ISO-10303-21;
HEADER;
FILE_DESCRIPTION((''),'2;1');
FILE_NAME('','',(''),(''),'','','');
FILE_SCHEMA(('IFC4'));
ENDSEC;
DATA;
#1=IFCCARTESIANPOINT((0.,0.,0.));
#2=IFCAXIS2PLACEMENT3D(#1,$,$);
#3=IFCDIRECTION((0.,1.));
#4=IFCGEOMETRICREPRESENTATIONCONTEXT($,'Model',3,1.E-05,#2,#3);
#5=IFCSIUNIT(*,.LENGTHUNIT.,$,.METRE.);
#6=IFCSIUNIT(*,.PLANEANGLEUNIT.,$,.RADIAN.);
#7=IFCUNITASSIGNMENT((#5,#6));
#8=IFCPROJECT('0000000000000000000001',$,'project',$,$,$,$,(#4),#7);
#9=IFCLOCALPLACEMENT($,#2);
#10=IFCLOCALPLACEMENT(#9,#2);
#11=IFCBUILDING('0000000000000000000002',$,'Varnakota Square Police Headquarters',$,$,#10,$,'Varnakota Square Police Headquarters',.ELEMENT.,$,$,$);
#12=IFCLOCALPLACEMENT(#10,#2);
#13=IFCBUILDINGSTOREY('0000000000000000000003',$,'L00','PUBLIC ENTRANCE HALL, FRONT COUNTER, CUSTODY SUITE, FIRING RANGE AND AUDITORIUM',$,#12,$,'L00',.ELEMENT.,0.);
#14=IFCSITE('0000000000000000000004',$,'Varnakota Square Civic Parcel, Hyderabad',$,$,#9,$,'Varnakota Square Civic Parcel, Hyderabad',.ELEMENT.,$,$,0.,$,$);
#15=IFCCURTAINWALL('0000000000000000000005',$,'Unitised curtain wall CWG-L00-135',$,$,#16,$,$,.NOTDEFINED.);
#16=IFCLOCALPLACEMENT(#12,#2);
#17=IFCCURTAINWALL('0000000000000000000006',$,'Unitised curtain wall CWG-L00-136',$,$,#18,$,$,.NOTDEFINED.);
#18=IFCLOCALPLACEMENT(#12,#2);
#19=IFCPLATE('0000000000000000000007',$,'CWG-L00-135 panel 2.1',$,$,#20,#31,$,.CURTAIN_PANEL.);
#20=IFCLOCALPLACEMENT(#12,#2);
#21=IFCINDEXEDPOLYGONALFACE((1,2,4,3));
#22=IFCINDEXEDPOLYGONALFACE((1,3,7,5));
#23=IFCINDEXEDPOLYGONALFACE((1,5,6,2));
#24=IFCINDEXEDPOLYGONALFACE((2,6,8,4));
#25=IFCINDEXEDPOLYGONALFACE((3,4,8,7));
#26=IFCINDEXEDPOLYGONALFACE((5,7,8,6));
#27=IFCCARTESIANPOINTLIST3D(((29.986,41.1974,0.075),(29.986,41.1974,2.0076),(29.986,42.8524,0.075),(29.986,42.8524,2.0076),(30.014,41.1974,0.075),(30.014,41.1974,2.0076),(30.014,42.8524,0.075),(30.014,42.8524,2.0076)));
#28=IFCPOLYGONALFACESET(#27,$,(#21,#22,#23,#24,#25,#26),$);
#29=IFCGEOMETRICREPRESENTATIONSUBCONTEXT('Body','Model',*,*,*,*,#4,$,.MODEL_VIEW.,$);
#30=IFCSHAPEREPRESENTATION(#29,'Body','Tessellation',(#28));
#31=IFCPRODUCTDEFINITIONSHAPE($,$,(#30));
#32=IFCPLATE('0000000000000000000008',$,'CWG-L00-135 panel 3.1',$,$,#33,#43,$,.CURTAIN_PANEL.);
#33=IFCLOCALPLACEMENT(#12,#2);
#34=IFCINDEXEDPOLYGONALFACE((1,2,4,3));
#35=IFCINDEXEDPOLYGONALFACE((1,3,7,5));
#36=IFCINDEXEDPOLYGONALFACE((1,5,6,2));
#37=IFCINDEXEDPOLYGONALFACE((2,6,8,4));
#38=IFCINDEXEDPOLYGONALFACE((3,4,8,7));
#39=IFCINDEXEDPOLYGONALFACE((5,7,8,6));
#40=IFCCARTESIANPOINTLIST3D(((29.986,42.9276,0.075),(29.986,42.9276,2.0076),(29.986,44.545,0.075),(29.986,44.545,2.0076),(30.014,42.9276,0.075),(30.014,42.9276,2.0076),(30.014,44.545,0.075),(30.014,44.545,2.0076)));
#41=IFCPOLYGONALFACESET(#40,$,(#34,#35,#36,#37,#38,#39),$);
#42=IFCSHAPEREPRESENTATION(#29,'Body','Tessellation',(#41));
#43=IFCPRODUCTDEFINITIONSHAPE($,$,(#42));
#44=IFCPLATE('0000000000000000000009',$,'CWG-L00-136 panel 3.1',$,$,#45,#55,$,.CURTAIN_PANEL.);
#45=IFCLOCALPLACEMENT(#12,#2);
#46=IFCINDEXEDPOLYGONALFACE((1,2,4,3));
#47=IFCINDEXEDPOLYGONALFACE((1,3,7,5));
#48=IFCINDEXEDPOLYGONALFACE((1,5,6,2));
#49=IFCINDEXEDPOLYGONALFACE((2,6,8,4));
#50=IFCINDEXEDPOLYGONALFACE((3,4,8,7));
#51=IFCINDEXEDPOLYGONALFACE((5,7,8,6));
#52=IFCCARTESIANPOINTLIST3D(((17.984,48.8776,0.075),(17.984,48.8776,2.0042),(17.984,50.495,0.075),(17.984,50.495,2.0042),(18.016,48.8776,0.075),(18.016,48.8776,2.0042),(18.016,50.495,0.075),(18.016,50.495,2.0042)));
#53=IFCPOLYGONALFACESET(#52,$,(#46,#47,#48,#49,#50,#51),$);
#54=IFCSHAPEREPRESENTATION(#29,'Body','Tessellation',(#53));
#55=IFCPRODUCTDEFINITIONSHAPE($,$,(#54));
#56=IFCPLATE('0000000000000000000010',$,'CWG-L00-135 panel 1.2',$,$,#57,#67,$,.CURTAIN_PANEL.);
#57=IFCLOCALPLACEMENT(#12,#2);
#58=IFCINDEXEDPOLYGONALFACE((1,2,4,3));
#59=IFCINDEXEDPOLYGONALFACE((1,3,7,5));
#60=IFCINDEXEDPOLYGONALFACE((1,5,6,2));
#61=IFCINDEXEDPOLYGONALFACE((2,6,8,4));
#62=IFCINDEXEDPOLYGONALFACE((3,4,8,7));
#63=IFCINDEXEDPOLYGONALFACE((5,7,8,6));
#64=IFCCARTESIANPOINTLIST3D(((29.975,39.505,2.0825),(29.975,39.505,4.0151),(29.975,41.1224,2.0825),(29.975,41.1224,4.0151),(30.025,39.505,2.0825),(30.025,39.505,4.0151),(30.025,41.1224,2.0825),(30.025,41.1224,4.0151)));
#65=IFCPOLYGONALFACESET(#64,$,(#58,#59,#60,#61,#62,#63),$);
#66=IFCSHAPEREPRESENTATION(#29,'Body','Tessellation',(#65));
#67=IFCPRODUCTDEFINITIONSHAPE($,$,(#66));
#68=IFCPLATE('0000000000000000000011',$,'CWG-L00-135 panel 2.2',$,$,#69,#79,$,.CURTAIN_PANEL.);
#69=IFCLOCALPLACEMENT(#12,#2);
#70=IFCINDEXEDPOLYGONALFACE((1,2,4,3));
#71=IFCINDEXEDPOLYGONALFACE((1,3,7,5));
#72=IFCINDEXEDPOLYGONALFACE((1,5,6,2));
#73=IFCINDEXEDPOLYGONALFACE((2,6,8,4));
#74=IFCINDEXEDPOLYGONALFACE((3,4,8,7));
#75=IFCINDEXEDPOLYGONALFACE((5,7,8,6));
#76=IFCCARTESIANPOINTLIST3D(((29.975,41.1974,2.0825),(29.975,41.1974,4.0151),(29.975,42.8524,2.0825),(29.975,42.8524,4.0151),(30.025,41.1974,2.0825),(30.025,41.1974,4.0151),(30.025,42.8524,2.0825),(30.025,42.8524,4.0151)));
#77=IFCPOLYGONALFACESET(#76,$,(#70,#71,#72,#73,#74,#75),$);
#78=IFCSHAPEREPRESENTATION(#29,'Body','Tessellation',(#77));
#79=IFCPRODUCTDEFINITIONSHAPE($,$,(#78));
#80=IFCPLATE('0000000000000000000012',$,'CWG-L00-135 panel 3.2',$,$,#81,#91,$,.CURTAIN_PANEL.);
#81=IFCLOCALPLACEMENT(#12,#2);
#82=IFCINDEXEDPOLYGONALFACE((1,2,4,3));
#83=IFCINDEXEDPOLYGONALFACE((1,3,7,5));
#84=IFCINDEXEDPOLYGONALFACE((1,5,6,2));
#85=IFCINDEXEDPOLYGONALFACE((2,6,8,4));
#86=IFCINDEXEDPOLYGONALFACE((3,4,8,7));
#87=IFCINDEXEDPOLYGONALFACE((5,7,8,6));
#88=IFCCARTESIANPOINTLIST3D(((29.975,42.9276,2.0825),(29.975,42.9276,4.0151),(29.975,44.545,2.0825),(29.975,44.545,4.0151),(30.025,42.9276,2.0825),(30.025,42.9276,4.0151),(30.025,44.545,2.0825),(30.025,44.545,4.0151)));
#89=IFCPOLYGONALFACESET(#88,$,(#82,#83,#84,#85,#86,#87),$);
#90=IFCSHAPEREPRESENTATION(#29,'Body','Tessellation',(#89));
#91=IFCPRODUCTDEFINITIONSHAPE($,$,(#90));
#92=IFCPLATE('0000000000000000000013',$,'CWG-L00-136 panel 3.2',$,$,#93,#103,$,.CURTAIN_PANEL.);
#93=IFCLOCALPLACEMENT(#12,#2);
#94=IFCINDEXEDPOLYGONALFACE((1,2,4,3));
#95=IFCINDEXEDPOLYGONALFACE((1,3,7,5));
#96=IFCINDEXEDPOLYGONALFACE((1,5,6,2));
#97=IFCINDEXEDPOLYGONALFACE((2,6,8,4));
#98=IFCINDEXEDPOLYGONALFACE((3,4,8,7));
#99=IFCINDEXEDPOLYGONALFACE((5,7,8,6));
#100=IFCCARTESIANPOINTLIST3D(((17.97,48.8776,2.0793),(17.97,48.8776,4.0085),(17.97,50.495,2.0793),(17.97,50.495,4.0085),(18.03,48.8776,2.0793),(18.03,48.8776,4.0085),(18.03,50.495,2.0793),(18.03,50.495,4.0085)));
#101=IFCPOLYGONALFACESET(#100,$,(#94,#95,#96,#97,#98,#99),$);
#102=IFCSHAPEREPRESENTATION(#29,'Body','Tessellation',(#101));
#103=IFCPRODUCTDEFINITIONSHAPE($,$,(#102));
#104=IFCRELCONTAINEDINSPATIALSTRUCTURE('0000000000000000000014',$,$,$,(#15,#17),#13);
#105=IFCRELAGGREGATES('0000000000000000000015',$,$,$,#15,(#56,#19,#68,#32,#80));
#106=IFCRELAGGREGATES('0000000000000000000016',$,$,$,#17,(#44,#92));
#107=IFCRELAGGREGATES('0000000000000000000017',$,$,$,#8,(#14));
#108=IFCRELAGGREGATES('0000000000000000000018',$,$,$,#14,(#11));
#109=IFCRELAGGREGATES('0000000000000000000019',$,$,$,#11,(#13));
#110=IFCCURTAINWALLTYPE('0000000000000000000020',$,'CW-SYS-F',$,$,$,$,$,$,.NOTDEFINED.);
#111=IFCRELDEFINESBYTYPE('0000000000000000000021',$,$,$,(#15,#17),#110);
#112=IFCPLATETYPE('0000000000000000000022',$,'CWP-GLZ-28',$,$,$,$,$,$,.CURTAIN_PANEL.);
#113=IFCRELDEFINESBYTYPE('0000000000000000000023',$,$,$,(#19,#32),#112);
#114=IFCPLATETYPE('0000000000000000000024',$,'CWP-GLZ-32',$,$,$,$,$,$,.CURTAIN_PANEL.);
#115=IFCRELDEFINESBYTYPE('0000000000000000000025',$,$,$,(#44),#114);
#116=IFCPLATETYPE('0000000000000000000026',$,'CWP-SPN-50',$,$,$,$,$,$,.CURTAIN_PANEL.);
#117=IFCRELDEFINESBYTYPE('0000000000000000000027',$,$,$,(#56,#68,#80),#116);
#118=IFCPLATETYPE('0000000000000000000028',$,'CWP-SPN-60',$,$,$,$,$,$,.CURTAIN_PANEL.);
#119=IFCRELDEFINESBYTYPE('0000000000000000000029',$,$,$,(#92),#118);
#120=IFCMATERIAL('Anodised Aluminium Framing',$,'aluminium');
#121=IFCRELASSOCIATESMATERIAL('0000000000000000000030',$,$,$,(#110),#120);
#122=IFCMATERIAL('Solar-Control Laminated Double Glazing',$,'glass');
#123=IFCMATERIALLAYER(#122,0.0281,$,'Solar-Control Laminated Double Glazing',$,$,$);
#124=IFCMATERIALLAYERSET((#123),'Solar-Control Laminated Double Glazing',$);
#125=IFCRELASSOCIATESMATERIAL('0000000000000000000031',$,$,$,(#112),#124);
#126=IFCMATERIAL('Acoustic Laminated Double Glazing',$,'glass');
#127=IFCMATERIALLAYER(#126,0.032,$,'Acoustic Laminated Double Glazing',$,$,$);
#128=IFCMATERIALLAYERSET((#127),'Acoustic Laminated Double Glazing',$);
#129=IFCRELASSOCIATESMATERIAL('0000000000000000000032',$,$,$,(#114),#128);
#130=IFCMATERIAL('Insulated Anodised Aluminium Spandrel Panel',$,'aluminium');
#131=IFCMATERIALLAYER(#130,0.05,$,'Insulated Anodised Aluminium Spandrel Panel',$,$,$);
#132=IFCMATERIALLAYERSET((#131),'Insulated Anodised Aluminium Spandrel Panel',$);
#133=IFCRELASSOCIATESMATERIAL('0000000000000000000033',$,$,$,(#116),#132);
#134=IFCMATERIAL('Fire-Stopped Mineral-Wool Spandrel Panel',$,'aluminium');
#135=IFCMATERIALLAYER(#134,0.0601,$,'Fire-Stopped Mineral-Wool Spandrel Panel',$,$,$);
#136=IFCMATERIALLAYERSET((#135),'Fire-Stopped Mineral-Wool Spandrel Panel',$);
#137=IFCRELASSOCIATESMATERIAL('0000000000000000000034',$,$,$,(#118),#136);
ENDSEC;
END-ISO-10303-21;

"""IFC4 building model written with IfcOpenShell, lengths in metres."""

from ifc_helpers import new_model, si_unit, direction, frame, origin, origin_2d, place, context, subcontext, project, spatial, rectangle, extrude, material, layer, layer_set, type_object, element, aggregate, save


model = new_model("IFC4")

# Units and contexts
model_context = context("Model", 3, precision=1e-05, world=origin(), true_north=direction((0.0, 1.0)))
body_context = subcontext(model_context, "Body", "Model", "MODEL_VIEW")
ifc_project = project(units=[si_unit("LENGTHUNIT", "METRE"), si_unit("PLANEANGLEUNIT", "RADIAN")], contexts=[model_context])

# Site, building, storey
site_placement = place(None, origin())
site = spatial("IfcSite", under=ifc_project, at=site_placement, Name="Varnakota Square Civic Parcel, Hyderabad", LongName="Varnakota Square Civic Parcel, Hyderabad", CompositionType="ELEMENT", RefElevation=0.0)
building_placement = place(site_placement, origin())
building = spatial("IfcBuilding", under=site, at=building_placement, Name="Varnakota Square Police Headquarters", LongName="Varnakota Square Police Headquarters", CompositionType="ELEMENT")
storey_placement = place(building_placement, origin())
storey = spatial("IfcBuildingStorey", under=building, at=storey_placement, Name="L00", Description="PUBLIC ENTRANCE HALL, FRONT COUNTER, CUSTODY SUITE, FIRING RANGE AND AUDITORIUM", LongName="L00", CompositionType="ELEMENT", Elevation=0.0)

# Curtain wall
ifc_material_1 = material(Name="Anodised Aluminium Framing", Category="aluminium")
curtain_wall_type = type_object("IfcCurtainWallType", Name="CW-SYS-F", PredefinedType="NOTDEFINED", material=ifc_material_1)
curtain_wall_1_placement = place(storey_placement, origin())
curtain_wall_1 = element("IfcCurtainWall", 1, at=curtain_wall_1_placement, inside=storey, type_object=curtain_wall_type, Name="Unitised curtain wall CWG-L00-135", PredefinedType="NOTDEFINED")

# Curtain wall
curtain_wall_2_placement = place(storey_placement, origin())
curtain_wall_2 = element("IfcCurtainWall", 2, at=curtain_wall_2_placement, inside=storey, type_object=curtain_wall_type, Name="Unitised curtain wall CWG-L00-136", PredefinedType="NOTDEFINED")

# Plates
ifc_material_2 = material(Name="Solar-Control Laminated Double Glazing", Category="glass")
ifc_layer_1 = layer(ifc_material_2, 0.0281, Name="Solar-Control Laminated Double Glazing")
ifc_layer_set_1 = layer_set([ifc_layer_1], Name="Solar-Control Laminated Double Glazing")
plate_type_1 = type_object("IfcPlateType", Name="CWP-GLZ-28", PredefinedType="CURTAIN_PANEL", material=ifc_layer_set_1)
plate_1_placement = place(storey_placement, frame((30.0, 42.0249, 0.075), z_axis=(0.0, 0.0, 1.0), x_axis=(0.0, 1.0, 0.0)))
plate_1 = element("IfcPlate", 3, at=plate_1_placement, type_object=plate_type_1, Name="CWG-L00-135 panel 2.1", PredefinedType="CURTAIN_PANEL", context=body_context, shape_type="SweptSolid", body=[
    extrude(rectangle(XDim=1.655, YDim=0.0281, at=origin_2d()), origin(), (0.0, 0.0, 1.0), 1.9326),
])
plate_2_placement = place(storey_placement, frame((30.0, 43.7363, 0.075), z_axis=(0.0, 0.0, 1.0), x_axis=(0.0, 1.0, 0.0)))
plate_2 = element("IfcPlate", 4, at=plate_2_placement, type_object=plate_type_1, Name="CWG-L00-135 panel 3.1", PredefinedType="CURTAIN_PANEL", context=body_context, shape_type="SweptSolid", body=[
    extrude(rectangle(XDim=1.6174, YDim=0.0281, at=origin_2d()), origin(), (0.0, 0.0, 1.0), 1.9326),
])
ifc_material_3 = material(Name="Acoustic Laminated Double Glazing", Category="glass")
ifc_layer_2 = layer(ifc_material_3, 0.032, Name="Acoustic Laminated Double Glazing")
ifc_layer_set_2 = layer_set([ifc_layer_2], Name="Acoustic Laminated Double Glazing")
plate_type_2 = type_object("IfcPlateType", Name="CWP-GLZ-32", PredefinedType="CURTAIN_PANEL", material=ifc_layer_set_2)
plate_3_placement = place(storey_placement, frame((18.0, 49.6863, 0.075), z_axis=(0.0, 0.0, 1.0), x_axis=(0.0, 1.0, 0.0)))
plate_3 = element("IfcPlate", 5, at=plate_3_placement, type_object=plate_type_2, Name="CWG-L00-136 panel 3.1", PredefinedType="CURTAIN_PANEL", context=body_context, shape_type="SweptSolid", body=[
    extrude(rectangle(XDim=1.6174, YDim=0.032, at=origin_2d()), origin(), (0.0, 0.0, 1.0), 1.9292),
])
ifc_material_4 = material(Name="Insulated Anodised Aluminium Spandrel Panel", Category="aluminium")
ifc_layer_3 = layer(ifc_material_4, 0.05, Name="Insulated Anodised Aluminium Spandrel Panel")
ifc_layer_set_3 = layer_set([ifc_layer_3], Name="Insulated Anodised Aluminium Spandrel Panel")
plate_type_3 = type_object("IfcPlateType", Name="CWP-SPN-50", PredefinedType="CURTAIN_PANEL", material=ifc_layer_set_3)
plate_4_placement = place(storey_placement, frame((30.0, 40.3137, 2.0825), z_axis=(0.0, 0.0, 1.0), x_axis=(0.0, 1.0, 0.0)))
plate_4 = element("IfcPlate", 6, at=plate_4_placement, type_object=plate_type_3, Name="CWG-L00-135 panel 1.2", PredefinedType="CURTAIN_PANEL", context=body_context, shape_type="SweptSolid", body=[
    extrude(rectangle(XDim=1.6174, YDim=0.05, at=origin_2d()), origin(), (0.0, 0.0, 1.0), 1.9326),
])
plate_5_placement = place(storey_placement, frame((30.0, 42.0249, 2.0825), z_axis=(0.0, 0.0, 1.0), x_axis=(0.0, 1.0, 0.0)))
plate_5 = element("IfcPlate", 7, at=plate_5_placement, type_object=plate_type_3, Name="CWG-L00-135 panel 2.2", PredefinedType="CURTAIN_PANEL", context=body_context, shape_type="SweptSolid", body=[
    extrude(rectangle(XDim=1.655, YDim=0.05, at=origin_2d()), origin(), (0.0, 0.0, 1.0), 1.9326),
])
plate_6_placement = place(storey_placement, frame((30.0, 43.7363, 2.0825), z_axis=(0.0, 0.0, 1.0), x_axis=(0.0, 1.0, 0.0)))
plate_6 = element("IfcPlate", 8, at=plate_6_placement, type_object=plate_type_3, Name="CWG-L00-135 panel 3.2", PredefinedType="CURTAIN_PANEL", context=body_context, shape_type="SweptSolid", body=[
    extrude(rectangle(XDim=1.6174, YDim=0.05, at=origin_2d()), origin(), (0.0, 0.0, 1.0), 1.9326),
])
aggregate(curtain_wall_1, [plate_4, plate_1, plate_5, plate_2, plate_6])
ifc_material_5 = material(Name="Fire-Stopped Mineral-Wool Spandrel Panel", Category="aluminium")
ifc_layer_4 = layer(ifc_material_5, 0.0601, Name="Fire-Stopped Mineral-Wool Spandrel Panel")
ifc_layer_set_4 = layer_set([ifc_layer_4], Name="Fire-Stopped Mineral-Wool Spandrel Panel")
plate_type_4 = type_object("IfcPlateType", Name="CWP-SPN-60", PredefinedType="CURTAIN_PANEL", material=ifc_layer_set_4)
plate_7_placement = place(storey_placement, frame((18.0, 49.6863, 2.0793), z_axis=(0.0, 0.0, 1.0), x_axis=(0.0, 1.0, 0.0)))
plate_7 = element("IfcPlate", 9, at=plate_7_placement, type_object=plate_type_4, Name="CWG-L00-136 panel 3.2", PredefinedType="CURTAIN_PANEL", context=body_context, shape_type="SweptSolid", body=[
    extrude(rectangle(XDim=1.6174, YDim=0.0601, at=origin_2d()), origin(), (0.0, 0.0, 1.0), 1.9292),
])
aggregate(curtain_wall_2, [plate_3, plate_7])

save(model, "model.ifc")
